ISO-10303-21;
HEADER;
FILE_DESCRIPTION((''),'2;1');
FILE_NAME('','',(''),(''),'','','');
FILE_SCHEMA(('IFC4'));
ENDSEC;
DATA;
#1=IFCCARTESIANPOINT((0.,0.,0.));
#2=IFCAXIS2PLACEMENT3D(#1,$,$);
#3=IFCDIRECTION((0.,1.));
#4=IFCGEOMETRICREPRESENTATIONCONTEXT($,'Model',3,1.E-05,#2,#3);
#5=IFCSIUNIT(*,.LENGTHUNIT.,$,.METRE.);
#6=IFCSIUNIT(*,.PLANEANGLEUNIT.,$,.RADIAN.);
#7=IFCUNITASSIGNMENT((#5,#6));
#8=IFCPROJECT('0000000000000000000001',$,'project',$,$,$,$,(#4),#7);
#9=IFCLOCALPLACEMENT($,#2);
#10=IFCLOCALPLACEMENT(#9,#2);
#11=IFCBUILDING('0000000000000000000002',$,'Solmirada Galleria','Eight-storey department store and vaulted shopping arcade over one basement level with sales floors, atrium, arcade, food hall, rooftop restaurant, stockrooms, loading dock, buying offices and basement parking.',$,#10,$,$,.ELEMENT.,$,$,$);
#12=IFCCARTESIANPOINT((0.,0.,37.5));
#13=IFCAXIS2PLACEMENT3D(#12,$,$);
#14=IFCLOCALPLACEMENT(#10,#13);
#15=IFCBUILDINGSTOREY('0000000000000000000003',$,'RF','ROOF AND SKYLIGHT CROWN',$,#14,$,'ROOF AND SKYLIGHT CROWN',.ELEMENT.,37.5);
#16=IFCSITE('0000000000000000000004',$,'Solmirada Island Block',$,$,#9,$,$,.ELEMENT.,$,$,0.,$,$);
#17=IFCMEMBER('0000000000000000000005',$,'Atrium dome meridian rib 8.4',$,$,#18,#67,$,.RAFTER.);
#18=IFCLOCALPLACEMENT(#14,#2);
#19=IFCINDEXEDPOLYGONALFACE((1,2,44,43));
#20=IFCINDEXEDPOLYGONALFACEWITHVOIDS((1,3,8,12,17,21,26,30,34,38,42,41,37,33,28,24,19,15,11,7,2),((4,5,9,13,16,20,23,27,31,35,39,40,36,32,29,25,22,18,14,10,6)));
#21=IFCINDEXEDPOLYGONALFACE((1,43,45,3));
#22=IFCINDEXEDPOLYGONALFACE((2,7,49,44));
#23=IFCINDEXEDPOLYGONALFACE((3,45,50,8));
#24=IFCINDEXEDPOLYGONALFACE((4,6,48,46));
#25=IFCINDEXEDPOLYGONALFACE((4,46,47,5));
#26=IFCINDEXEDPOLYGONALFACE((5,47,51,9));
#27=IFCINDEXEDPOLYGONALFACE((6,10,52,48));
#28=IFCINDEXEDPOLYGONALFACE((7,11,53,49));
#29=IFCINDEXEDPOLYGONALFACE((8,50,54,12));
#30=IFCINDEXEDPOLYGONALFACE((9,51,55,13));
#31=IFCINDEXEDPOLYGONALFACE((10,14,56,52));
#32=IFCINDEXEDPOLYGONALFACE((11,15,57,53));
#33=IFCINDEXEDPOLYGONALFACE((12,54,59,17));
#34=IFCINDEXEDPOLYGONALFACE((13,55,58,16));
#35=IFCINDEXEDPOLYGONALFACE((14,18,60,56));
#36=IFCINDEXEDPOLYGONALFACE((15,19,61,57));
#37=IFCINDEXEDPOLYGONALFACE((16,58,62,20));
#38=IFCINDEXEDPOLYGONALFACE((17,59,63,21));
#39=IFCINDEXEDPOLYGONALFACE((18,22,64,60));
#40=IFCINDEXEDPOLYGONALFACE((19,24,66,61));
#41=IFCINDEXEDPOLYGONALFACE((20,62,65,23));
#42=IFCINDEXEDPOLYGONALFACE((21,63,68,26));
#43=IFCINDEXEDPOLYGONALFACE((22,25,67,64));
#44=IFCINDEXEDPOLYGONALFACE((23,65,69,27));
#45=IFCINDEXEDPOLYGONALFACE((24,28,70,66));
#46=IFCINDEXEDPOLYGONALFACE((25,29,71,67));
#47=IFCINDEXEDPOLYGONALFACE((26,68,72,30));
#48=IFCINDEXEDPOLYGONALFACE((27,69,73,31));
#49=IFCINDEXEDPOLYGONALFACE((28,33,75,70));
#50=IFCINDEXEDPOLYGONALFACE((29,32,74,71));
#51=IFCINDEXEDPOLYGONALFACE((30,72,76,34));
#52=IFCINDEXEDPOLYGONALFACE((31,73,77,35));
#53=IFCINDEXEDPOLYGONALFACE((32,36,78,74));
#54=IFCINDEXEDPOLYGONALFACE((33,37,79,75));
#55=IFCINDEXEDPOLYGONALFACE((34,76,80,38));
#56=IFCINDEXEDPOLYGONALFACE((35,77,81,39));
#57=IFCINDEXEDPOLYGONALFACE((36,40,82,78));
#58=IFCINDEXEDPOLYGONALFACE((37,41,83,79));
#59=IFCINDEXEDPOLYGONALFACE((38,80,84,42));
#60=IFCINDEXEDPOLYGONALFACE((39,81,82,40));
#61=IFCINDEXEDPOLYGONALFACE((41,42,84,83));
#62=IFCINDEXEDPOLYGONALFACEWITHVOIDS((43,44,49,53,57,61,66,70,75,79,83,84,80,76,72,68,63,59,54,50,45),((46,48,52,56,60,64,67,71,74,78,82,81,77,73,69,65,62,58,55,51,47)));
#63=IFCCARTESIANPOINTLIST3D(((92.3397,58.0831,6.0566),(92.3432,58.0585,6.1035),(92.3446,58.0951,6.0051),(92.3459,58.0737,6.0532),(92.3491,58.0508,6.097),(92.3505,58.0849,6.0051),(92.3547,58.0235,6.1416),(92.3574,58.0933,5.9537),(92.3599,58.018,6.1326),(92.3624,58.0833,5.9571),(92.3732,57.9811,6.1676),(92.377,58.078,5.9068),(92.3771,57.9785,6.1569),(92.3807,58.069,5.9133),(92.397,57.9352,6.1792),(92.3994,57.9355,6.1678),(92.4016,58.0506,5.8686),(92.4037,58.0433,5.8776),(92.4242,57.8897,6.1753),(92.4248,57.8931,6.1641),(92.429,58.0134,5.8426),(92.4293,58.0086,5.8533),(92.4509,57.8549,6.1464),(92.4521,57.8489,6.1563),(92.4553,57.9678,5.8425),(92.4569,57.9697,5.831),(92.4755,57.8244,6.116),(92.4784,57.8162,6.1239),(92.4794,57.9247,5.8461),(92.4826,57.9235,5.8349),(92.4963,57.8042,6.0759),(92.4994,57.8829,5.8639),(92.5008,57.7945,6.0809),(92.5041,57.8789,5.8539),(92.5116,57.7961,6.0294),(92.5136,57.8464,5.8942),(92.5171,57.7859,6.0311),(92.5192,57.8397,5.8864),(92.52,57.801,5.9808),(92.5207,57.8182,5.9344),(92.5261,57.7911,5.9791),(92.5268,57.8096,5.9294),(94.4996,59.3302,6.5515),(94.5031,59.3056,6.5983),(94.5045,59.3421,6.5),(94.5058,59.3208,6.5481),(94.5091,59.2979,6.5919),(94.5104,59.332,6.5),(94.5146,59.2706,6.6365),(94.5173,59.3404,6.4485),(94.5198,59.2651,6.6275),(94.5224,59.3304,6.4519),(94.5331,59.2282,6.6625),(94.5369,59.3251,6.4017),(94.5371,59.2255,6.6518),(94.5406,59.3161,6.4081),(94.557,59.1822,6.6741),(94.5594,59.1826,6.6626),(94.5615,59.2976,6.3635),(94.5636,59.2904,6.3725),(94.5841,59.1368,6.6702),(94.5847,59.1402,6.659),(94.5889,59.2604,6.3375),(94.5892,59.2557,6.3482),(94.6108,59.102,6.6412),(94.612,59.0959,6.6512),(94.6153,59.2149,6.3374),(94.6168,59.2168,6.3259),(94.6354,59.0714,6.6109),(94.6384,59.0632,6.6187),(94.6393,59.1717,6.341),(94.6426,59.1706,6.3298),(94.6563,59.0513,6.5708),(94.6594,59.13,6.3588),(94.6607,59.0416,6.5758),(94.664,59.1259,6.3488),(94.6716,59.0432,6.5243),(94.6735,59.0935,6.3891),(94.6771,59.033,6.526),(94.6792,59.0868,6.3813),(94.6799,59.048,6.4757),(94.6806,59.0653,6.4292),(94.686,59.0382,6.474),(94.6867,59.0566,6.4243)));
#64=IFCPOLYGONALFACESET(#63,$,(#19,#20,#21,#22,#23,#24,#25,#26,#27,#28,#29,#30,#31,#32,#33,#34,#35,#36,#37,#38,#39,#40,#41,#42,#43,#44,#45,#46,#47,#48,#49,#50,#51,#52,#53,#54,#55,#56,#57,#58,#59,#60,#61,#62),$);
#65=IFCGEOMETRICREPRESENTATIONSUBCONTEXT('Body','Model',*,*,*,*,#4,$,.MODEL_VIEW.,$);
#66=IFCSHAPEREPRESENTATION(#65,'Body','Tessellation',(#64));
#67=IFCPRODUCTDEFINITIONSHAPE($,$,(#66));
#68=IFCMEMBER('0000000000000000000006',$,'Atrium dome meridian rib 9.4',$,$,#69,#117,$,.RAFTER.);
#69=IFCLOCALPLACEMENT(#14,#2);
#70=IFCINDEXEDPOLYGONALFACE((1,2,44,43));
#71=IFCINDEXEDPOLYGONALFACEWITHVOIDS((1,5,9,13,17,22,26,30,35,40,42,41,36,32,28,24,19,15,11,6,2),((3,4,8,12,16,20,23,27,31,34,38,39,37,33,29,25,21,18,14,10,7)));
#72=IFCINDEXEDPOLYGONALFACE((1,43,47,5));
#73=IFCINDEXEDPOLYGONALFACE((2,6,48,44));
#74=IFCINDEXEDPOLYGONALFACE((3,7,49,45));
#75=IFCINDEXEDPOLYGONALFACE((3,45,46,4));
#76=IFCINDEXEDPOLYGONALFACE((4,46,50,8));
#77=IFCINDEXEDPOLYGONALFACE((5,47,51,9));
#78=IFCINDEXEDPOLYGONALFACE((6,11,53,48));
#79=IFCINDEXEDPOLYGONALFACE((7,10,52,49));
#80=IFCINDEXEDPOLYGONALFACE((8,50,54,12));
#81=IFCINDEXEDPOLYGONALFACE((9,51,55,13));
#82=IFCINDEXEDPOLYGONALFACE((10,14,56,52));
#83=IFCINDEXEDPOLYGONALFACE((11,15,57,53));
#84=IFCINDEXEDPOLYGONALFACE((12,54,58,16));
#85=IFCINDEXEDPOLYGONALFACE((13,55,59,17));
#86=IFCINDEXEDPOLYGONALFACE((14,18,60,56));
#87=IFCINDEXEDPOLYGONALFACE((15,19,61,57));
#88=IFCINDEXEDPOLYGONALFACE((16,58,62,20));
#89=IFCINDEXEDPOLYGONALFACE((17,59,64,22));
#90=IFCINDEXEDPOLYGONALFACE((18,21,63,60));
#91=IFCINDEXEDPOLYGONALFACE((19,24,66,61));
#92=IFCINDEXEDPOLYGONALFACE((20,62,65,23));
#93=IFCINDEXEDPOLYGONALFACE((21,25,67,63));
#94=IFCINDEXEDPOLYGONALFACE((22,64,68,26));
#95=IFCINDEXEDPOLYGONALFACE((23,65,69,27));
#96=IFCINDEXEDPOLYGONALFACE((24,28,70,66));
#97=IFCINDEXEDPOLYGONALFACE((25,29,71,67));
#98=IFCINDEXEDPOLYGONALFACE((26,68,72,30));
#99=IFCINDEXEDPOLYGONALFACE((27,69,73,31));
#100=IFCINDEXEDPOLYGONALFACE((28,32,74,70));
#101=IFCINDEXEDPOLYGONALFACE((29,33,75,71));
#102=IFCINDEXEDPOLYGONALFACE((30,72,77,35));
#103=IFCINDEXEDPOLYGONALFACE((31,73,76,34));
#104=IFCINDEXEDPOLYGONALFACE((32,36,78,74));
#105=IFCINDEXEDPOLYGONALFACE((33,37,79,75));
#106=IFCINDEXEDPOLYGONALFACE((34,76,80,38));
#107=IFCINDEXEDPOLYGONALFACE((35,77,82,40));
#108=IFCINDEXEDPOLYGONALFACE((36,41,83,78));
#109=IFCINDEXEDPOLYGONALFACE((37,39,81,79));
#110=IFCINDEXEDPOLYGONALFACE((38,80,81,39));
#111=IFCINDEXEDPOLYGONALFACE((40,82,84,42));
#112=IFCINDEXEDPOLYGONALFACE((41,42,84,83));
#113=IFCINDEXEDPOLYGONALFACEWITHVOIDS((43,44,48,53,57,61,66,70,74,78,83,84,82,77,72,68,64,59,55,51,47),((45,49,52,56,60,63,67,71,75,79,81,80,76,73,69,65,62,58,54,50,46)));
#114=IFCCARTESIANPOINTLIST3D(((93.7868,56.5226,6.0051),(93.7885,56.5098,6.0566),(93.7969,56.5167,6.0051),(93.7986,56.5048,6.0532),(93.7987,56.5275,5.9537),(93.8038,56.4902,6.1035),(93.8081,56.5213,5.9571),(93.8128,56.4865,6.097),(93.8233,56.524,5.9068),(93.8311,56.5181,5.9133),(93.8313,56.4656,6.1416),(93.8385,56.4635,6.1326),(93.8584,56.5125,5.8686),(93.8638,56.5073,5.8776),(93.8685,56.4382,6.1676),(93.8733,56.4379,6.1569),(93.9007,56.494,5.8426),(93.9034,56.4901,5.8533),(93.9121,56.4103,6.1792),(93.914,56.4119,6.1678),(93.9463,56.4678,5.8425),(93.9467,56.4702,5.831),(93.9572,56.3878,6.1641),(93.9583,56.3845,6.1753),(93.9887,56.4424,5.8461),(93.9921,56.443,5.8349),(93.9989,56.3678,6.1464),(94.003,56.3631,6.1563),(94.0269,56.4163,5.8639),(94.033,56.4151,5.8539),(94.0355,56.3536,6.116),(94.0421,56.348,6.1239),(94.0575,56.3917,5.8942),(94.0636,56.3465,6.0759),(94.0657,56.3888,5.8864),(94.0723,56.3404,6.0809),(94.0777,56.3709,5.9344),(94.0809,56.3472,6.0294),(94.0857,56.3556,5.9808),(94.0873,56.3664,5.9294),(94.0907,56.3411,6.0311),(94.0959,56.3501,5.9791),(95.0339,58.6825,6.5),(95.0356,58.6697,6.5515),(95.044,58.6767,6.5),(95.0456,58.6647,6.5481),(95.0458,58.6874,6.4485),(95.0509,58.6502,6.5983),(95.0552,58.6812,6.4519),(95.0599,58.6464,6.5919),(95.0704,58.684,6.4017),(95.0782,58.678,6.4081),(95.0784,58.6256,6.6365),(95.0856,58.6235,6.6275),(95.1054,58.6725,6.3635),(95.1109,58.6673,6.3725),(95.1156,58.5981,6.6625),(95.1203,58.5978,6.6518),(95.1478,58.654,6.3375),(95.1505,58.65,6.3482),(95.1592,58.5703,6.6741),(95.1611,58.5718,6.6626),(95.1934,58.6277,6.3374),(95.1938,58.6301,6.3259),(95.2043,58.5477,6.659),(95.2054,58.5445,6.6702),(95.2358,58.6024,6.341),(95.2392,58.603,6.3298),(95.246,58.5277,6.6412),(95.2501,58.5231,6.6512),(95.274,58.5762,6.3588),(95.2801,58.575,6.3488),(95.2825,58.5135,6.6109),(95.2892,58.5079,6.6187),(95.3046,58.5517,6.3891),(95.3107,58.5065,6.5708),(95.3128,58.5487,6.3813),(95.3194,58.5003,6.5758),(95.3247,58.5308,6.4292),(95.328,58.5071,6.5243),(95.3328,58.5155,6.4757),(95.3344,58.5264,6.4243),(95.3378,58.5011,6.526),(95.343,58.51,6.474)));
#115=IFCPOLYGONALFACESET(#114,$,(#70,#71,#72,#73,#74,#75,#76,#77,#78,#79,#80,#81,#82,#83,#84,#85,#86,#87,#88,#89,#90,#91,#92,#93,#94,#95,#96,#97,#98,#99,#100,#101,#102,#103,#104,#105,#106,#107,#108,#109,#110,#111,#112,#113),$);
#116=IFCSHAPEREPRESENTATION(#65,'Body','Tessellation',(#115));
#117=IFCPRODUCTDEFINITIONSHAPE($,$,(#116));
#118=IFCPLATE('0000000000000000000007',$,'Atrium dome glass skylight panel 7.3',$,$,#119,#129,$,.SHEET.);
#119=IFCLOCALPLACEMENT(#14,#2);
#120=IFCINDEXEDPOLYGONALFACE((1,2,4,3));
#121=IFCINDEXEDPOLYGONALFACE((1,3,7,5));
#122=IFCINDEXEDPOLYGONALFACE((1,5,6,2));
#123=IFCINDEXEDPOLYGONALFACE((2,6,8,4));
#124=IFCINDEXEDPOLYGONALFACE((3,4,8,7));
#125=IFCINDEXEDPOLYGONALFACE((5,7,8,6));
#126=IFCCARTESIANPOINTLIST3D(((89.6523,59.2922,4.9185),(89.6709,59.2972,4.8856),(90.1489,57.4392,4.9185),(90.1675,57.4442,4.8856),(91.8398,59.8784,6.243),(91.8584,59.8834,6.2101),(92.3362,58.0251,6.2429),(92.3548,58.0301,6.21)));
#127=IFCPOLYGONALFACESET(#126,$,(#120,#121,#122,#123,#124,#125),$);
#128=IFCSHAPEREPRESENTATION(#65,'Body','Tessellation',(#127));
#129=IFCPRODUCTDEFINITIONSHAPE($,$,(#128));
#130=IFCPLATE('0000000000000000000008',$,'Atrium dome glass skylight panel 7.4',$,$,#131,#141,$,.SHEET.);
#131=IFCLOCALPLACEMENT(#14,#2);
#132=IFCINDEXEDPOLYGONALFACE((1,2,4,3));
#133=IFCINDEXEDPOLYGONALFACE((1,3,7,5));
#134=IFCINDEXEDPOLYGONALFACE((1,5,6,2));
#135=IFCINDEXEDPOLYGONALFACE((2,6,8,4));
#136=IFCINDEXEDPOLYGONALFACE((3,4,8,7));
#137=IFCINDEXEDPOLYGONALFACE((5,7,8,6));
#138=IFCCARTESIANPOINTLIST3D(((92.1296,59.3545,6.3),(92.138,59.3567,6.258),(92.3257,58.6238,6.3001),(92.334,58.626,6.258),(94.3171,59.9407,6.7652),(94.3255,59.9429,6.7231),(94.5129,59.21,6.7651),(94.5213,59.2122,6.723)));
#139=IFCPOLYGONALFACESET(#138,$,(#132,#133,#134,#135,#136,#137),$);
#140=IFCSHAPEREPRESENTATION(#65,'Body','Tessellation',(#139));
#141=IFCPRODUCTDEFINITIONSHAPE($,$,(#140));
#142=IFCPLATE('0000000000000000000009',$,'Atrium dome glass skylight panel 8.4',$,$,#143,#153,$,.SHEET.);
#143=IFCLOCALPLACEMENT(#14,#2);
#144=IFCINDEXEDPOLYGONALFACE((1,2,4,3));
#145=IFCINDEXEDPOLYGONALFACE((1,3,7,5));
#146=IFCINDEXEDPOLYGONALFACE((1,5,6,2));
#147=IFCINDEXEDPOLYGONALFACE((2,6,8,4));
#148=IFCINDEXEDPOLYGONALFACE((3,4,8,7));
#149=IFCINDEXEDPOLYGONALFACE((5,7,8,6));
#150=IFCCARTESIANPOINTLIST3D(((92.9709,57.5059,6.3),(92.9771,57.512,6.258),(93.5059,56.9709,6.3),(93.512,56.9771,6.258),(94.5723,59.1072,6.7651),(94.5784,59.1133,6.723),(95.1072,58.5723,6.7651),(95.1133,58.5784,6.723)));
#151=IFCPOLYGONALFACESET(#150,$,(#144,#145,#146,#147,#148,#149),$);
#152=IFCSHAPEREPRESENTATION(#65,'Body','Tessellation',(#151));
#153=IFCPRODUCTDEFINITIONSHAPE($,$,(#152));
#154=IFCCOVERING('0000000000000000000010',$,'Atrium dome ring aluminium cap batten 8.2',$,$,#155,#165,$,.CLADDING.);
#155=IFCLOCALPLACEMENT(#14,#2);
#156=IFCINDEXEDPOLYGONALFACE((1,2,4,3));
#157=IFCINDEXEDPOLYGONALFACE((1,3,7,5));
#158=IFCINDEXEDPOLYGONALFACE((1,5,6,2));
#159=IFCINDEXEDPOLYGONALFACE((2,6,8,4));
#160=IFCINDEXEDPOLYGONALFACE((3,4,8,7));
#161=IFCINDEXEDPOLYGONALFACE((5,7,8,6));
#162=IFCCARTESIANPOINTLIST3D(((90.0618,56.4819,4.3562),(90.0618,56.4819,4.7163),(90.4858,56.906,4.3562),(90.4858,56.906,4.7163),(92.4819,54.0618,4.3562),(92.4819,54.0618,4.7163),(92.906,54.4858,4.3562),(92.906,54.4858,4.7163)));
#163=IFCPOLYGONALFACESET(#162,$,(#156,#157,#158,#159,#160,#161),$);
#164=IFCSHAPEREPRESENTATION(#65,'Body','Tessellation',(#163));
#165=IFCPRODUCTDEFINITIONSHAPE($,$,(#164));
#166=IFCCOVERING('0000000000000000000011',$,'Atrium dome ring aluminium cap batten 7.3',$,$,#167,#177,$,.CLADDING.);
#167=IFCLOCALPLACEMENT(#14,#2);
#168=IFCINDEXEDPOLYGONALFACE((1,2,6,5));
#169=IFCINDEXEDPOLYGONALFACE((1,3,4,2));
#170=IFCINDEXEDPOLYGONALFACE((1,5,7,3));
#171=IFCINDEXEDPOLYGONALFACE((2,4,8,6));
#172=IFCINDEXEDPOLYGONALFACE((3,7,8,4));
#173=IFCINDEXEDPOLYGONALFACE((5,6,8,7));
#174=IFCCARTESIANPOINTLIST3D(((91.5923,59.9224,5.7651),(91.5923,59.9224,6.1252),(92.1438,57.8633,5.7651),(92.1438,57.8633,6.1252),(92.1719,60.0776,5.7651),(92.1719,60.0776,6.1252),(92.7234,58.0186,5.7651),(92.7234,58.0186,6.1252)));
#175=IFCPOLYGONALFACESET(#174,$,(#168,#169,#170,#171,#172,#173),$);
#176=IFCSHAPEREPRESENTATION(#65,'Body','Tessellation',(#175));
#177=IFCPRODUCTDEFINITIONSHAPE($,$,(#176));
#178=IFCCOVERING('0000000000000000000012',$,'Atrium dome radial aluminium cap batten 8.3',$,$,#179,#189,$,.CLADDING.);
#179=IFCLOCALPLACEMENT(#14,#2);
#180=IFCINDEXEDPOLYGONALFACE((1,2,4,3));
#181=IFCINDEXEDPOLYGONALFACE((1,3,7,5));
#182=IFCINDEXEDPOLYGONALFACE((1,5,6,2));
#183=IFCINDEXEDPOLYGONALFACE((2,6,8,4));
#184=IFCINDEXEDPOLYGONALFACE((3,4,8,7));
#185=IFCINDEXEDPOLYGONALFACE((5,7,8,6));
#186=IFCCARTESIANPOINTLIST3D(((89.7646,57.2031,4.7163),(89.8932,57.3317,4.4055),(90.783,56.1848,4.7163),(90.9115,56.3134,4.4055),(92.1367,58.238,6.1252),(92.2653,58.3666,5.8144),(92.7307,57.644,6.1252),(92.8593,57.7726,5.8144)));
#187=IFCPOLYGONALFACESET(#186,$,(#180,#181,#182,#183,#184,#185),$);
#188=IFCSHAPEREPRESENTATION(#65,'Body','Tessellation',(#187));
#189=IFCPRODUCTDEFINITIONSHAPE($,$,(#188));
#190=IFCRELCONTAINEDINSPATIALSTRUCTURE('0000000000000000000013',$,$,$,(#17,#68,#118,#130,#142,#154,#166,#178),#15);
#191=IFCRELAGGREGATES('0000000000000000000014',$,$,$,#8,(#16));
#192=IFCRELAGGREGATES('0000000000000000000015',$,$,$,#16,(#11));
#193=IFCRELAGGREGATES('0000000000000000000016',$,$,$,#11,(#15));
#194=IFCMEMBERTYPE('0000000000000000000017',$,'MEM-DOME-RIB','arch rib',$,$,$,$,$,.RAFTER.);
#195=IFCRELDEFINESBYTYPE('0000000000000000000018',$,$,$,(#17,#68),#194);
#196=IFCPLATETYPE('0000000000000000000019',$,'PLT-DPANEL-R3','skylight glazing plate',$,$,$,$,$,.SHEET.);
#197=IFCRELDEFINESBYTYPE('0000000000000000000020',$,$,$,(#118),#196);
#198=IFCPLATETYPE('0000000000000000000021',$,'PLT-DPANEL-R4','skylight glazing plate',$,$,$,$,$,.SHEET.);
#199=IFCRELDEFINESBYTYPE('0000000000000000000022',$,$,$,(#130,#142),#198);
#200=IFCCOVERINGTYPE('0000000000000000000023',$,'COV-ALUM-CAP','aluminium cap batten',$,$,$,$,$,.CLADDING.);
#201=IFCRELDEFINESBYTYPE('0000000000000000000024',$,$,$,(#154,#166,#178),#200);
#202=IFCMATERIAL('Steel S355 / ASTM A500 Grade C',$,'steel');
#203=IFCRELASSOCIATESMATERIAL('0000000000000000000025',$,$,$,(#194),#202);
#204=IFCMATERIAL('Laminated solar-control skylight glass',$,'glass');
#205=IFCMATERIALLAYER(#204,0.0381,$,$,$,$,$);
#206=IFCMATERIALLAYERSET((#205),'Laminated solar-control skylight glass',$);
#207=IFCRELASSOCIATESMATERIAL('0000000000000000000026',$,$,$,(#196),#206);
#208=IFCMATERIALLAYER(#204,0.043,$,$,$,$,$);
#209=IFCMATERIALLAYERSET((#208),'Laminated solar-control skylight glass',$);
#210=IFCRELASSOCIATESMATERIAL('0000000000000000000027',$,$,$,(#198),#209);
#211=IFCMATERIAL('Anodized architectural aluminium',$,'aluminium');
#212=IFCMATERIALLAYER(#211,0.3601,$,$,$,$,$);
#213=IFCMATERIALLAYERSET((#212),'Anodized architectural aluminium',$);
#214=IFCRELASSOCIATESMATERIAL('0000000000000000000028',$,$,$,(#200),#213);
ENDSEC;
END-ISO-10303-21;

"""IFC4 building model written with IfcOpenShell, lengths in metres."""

from ifc_helpers import new_model, si_unit, direction, frame, origin, origin_2d, place, context, subcontext, project, spatial, polyline, hollow_circle, outline, extrude, material, layer, layer_set, material_profile, profile_set, type_object, element, save


model = new_model("IFC4")

# Units and contexts
model_context = context("Model", 3, precision=1e-05, world=origin(), true_north=direction((0.0, 1.0)))
body_context = subcontext(model_context, "Body", "Model", "MODEL_VIEW")
ifc_project = project(units=[si_unit("LENGTHUNIT", "METRE"), si_unit("PLANEANGLEUNIT", "RADIAN")], contexts=[model_context])

# Site, building, storey
site_placement = place(None, origin())
site = spatial("IfcSite", under=ifc_project, at=site_placement, Name="Solmirada Island Block", CompositionType="ELEMENT", RefElevation=0.0)
building_placement = place(site_placement, origin())
building = spatial("IfcBuilding", under=site, at=building_placement, Name="Solmirada Galleria", Description="Eight-storey department store and vaulted shopping arcade over one basement level with sales floors, atrium, arcade, food hall, rooftop restaurant, stockrooms, loading dock, buying offices and basement parking.", CompositionType="ELEMENT")
storey_placement = place(building_placement, frame((0.0, 0.0, 37.5)))
storey = spatial("IfcBuildingStorey", under=building, at=storey_placement, Name="RF", Description="ROOF AND SKYLIGHT CROWN", LongName="ROOF AND SKYLIGHT CROWN", CompositionType="ELEMENT", Elevation=37.5)

# Members
ifc_material_1 = material(Name="Steel S355 / ASTM A500 Grade C", Category="steel")
ifc_material_profile_1 = material_profile(ifc_material_1, hollow_circle(Radius=0.178, WallThickness=0.0117, at=origin_2d()), Name="HSS14.000X0.500")
ifc_profile_set_1 = profile_set([ifc_material_profile_1], Name="Steel S355 / ASTM A500 Grade C")
member_type_1 = type_object("IfcMemberType", Name="MEM-DOME-RIB", Description="arch rib", PredefinedType="RAFTER", material=ifc_profile_set_1)
for number, where, z_axis, x_axis, name in (
    (1, (92.4336, 57.9409, 6.0051), (0.849457, 0.490452, 0.194625), (-0.500013, 0.866018, 0.0), "Atrium dome meridian rib 8.4"),
    (2, (93.9409, 56.4336, 6.0051), (0.490452, 0.849457, 0.194625), (-0.866018, 0.500013, 0.0), "Atrium dome meridian rib 9.4"),
):
    element("IfcMember", number, at=place(storey_placement, frame(where, z_axis=z_axis, x_axis=x_axis)), inside=storey, type_object=member_type_1, Name=name, PredefinedType="RAFTER", context=body_context, shape_type="SweptSolid", body=[
        extrude(hollow_circle(Radius=0.178, WallThickness=0.0117, at=origin_2d()), origin(), (0.0, 0.0, 1.0), 2.5427),
    ])

# Plates
ifc_material_2 = material(Name="Laminated solar-control skylight glass", Category="glass")
ifc_layer_1 = layer(ifc_material_2, 0.0381)
ifc_layer_set_1 = layer_set([ifc_layer_1], Name="Laminated solar-control skylight glass")
plate_type_1 = type_object("IfcPlateType", Name="PLT-DPANEL-R3", Description="skylight glazing plate", PredefinedType="SHEET", material=ifc_layer_set_1)
plate_1_placement = place(storey_placement, frame((89.6523, 59.2922, 4.9185), z_axis=(-0.487666, -0.130646, 0.8632), x_axis=(0.258831, -0.965923, 0.000034)))
element("IfcPlate", 3, at=plate_1_placement, inside=storey, type_object=plate_type_1, Name="Atrium dome glass skylight panel 7.3", PredefinedType="SHEET", context=body_context, shape_type="SweptSolid", body=[
    extrude(outline(polyline([(0.0, 0.0), (1.9184, 0.0), (1.9186, 2.6233), (0.0, 2.6235), (0.0, 0.0)])), origin(), (0.0, 0.0, -1.0), 0.0381),
])
ifc_layer_2 = layer(ifc_material_2, 0.043)
ifc_layer_set_2 = layer_set([ifc_layer_2], Name="Laminated solar-control skylight glass")
plate_type_2 = type_object("IfcPlateType", Name="PLT-DPANEL-R4", Description="skylight glazing plate", PredefinedType="SHEET", material=ifc_layer_set_2)
plate_2_placement = place(storey_placement, frame((92.1296, 59.3545, 6.3), z_axis=(-0.194314, -0.052101, 0.979555), x_axis=(0.259122, -0.965844, 0.000031)))
element("IfcPlate", 4, at=plate_2_placement, inside=storey, type_object=plate_type_2, Name="Atrium dome glass skylight panel 7.4", PredefinedType="SHEET", context=body_context, shape_type="SweptSolid", body=[
    extrude(outline(polyline([(0.0, 0.0), (0.7566, 0.0), (0.7572, 2.3117), (0.0007, 2.3119), (0.0, 0.0)])), origin(), (0.0, 0.0, -1.0), 0.043),
])
plate_3_placement = place(storey_placement, frame((92.9709, 57.5059, 6.3), z_axis=(-0.142251, -0.142251, 0.979556), x_axis=(0.707107, -0.707107, 0.0)))
element("IfcPlate", 5, at=plate_3_placement, inside=storey, type_object=plate_type_2, Name="Atrium dome glass skylight panel 8.4", PredefinedType="SHEET", context=body_context, shape_type="SweptSolid", body=[
    extrude(outline(polyline([(0.0, 0.0), (0.7565, 0.0), (0.7565, 2.3119), (0.0, 2.3119), (0.0, 0.0)])), origin(), (0.0, 0.0, -1.0), 0.043),
])

# Coverings
ifc_material_3 = material(Name="Anodized architectural aluminium", Category="aluminium")
ifc_layer_3 = layer(ifc_material_3, 0.3601)
ifc_layer_set_3 = layer_set([ifc_layer_3], Name="Anodized architectural aluminium")
covering_type = type_object("IfcCoveringType", Name="COV-ALUM-CAP", Description="aluminium cap batten", PredefinedType="CLADDING", material=ifc_layer_set_3)
covering_1_placement = place(storey_placement, frame((90.0618, 56.4819, 4.7163), z_axis=(0.0, 0.0, 1.0), x_axis=(0.707107, 0.707107, 0.0)))
element("IfcCovering", 6, at=covering_1_placement, inside=storey, type_object=covering_type, Name="Atrium dome ring aluminium cap batten 8.2", PredefinedType="CLADDING", context=body_context, shape_type="SweptSolid", body=[
    extrude(outline(polyline([(0.0, 0.0), (0.5997, 0.0), (0.5997, -3.4226), (0.0, -3.4226), (0.0, 0.0)])), origin(), (0.0, 0.0, -1.0), 0.3601),
])
covering_2_placement = place(storey_placement, frame((91.5923, 59.9224, 6.1252), z_axis=(0.0, 0.0, 1.0), x_axis=(0.965937, 0.258777, 0.0)))
element("IfcCovering", 7, at=covering_2_placement, inside=storey, type_object=covering_type, Name="Atrium dome ring aluminium cap batten 7.3", PredefinedType="CLADDING", context=body_context, shape_type="SweptSolid", body=[
    extrude(outline(polyline([(0.0, 0.0), (0.6, 0.0), (0.5999, -2.1317), (-0.0001, -2.1317), (0.0, 0.0)])), origin(), (0.0, 0.0, -1.0), 0.3601),
])
covering_3_placement = place(storey_placement, frame((89.7646, 57.2031, 4.7163), z_axis=(-0.356976, -0.356976, 0.863213), x_axis=(0.707107, -0.707107, 0.0)))
element("IfcCovering", 8, at=covering_3_placement, inside=storey, type_object=covering_type, Name="Atrium dome radial aluminium cap batten 8.3", PredefinedType="CLADDING", context=body_context, shape_type="SweptSolid", body=[
    extrude(outline(polyline([(0.0, 0.0), (1.4401, 0.0), (1.7855, 2.7909), (0.9455, 2.7909), (0.0, 0.0)])), origin(), (0.0, 0.0, -1.0), 0.3601),
])

save(model, "model.ifc")
